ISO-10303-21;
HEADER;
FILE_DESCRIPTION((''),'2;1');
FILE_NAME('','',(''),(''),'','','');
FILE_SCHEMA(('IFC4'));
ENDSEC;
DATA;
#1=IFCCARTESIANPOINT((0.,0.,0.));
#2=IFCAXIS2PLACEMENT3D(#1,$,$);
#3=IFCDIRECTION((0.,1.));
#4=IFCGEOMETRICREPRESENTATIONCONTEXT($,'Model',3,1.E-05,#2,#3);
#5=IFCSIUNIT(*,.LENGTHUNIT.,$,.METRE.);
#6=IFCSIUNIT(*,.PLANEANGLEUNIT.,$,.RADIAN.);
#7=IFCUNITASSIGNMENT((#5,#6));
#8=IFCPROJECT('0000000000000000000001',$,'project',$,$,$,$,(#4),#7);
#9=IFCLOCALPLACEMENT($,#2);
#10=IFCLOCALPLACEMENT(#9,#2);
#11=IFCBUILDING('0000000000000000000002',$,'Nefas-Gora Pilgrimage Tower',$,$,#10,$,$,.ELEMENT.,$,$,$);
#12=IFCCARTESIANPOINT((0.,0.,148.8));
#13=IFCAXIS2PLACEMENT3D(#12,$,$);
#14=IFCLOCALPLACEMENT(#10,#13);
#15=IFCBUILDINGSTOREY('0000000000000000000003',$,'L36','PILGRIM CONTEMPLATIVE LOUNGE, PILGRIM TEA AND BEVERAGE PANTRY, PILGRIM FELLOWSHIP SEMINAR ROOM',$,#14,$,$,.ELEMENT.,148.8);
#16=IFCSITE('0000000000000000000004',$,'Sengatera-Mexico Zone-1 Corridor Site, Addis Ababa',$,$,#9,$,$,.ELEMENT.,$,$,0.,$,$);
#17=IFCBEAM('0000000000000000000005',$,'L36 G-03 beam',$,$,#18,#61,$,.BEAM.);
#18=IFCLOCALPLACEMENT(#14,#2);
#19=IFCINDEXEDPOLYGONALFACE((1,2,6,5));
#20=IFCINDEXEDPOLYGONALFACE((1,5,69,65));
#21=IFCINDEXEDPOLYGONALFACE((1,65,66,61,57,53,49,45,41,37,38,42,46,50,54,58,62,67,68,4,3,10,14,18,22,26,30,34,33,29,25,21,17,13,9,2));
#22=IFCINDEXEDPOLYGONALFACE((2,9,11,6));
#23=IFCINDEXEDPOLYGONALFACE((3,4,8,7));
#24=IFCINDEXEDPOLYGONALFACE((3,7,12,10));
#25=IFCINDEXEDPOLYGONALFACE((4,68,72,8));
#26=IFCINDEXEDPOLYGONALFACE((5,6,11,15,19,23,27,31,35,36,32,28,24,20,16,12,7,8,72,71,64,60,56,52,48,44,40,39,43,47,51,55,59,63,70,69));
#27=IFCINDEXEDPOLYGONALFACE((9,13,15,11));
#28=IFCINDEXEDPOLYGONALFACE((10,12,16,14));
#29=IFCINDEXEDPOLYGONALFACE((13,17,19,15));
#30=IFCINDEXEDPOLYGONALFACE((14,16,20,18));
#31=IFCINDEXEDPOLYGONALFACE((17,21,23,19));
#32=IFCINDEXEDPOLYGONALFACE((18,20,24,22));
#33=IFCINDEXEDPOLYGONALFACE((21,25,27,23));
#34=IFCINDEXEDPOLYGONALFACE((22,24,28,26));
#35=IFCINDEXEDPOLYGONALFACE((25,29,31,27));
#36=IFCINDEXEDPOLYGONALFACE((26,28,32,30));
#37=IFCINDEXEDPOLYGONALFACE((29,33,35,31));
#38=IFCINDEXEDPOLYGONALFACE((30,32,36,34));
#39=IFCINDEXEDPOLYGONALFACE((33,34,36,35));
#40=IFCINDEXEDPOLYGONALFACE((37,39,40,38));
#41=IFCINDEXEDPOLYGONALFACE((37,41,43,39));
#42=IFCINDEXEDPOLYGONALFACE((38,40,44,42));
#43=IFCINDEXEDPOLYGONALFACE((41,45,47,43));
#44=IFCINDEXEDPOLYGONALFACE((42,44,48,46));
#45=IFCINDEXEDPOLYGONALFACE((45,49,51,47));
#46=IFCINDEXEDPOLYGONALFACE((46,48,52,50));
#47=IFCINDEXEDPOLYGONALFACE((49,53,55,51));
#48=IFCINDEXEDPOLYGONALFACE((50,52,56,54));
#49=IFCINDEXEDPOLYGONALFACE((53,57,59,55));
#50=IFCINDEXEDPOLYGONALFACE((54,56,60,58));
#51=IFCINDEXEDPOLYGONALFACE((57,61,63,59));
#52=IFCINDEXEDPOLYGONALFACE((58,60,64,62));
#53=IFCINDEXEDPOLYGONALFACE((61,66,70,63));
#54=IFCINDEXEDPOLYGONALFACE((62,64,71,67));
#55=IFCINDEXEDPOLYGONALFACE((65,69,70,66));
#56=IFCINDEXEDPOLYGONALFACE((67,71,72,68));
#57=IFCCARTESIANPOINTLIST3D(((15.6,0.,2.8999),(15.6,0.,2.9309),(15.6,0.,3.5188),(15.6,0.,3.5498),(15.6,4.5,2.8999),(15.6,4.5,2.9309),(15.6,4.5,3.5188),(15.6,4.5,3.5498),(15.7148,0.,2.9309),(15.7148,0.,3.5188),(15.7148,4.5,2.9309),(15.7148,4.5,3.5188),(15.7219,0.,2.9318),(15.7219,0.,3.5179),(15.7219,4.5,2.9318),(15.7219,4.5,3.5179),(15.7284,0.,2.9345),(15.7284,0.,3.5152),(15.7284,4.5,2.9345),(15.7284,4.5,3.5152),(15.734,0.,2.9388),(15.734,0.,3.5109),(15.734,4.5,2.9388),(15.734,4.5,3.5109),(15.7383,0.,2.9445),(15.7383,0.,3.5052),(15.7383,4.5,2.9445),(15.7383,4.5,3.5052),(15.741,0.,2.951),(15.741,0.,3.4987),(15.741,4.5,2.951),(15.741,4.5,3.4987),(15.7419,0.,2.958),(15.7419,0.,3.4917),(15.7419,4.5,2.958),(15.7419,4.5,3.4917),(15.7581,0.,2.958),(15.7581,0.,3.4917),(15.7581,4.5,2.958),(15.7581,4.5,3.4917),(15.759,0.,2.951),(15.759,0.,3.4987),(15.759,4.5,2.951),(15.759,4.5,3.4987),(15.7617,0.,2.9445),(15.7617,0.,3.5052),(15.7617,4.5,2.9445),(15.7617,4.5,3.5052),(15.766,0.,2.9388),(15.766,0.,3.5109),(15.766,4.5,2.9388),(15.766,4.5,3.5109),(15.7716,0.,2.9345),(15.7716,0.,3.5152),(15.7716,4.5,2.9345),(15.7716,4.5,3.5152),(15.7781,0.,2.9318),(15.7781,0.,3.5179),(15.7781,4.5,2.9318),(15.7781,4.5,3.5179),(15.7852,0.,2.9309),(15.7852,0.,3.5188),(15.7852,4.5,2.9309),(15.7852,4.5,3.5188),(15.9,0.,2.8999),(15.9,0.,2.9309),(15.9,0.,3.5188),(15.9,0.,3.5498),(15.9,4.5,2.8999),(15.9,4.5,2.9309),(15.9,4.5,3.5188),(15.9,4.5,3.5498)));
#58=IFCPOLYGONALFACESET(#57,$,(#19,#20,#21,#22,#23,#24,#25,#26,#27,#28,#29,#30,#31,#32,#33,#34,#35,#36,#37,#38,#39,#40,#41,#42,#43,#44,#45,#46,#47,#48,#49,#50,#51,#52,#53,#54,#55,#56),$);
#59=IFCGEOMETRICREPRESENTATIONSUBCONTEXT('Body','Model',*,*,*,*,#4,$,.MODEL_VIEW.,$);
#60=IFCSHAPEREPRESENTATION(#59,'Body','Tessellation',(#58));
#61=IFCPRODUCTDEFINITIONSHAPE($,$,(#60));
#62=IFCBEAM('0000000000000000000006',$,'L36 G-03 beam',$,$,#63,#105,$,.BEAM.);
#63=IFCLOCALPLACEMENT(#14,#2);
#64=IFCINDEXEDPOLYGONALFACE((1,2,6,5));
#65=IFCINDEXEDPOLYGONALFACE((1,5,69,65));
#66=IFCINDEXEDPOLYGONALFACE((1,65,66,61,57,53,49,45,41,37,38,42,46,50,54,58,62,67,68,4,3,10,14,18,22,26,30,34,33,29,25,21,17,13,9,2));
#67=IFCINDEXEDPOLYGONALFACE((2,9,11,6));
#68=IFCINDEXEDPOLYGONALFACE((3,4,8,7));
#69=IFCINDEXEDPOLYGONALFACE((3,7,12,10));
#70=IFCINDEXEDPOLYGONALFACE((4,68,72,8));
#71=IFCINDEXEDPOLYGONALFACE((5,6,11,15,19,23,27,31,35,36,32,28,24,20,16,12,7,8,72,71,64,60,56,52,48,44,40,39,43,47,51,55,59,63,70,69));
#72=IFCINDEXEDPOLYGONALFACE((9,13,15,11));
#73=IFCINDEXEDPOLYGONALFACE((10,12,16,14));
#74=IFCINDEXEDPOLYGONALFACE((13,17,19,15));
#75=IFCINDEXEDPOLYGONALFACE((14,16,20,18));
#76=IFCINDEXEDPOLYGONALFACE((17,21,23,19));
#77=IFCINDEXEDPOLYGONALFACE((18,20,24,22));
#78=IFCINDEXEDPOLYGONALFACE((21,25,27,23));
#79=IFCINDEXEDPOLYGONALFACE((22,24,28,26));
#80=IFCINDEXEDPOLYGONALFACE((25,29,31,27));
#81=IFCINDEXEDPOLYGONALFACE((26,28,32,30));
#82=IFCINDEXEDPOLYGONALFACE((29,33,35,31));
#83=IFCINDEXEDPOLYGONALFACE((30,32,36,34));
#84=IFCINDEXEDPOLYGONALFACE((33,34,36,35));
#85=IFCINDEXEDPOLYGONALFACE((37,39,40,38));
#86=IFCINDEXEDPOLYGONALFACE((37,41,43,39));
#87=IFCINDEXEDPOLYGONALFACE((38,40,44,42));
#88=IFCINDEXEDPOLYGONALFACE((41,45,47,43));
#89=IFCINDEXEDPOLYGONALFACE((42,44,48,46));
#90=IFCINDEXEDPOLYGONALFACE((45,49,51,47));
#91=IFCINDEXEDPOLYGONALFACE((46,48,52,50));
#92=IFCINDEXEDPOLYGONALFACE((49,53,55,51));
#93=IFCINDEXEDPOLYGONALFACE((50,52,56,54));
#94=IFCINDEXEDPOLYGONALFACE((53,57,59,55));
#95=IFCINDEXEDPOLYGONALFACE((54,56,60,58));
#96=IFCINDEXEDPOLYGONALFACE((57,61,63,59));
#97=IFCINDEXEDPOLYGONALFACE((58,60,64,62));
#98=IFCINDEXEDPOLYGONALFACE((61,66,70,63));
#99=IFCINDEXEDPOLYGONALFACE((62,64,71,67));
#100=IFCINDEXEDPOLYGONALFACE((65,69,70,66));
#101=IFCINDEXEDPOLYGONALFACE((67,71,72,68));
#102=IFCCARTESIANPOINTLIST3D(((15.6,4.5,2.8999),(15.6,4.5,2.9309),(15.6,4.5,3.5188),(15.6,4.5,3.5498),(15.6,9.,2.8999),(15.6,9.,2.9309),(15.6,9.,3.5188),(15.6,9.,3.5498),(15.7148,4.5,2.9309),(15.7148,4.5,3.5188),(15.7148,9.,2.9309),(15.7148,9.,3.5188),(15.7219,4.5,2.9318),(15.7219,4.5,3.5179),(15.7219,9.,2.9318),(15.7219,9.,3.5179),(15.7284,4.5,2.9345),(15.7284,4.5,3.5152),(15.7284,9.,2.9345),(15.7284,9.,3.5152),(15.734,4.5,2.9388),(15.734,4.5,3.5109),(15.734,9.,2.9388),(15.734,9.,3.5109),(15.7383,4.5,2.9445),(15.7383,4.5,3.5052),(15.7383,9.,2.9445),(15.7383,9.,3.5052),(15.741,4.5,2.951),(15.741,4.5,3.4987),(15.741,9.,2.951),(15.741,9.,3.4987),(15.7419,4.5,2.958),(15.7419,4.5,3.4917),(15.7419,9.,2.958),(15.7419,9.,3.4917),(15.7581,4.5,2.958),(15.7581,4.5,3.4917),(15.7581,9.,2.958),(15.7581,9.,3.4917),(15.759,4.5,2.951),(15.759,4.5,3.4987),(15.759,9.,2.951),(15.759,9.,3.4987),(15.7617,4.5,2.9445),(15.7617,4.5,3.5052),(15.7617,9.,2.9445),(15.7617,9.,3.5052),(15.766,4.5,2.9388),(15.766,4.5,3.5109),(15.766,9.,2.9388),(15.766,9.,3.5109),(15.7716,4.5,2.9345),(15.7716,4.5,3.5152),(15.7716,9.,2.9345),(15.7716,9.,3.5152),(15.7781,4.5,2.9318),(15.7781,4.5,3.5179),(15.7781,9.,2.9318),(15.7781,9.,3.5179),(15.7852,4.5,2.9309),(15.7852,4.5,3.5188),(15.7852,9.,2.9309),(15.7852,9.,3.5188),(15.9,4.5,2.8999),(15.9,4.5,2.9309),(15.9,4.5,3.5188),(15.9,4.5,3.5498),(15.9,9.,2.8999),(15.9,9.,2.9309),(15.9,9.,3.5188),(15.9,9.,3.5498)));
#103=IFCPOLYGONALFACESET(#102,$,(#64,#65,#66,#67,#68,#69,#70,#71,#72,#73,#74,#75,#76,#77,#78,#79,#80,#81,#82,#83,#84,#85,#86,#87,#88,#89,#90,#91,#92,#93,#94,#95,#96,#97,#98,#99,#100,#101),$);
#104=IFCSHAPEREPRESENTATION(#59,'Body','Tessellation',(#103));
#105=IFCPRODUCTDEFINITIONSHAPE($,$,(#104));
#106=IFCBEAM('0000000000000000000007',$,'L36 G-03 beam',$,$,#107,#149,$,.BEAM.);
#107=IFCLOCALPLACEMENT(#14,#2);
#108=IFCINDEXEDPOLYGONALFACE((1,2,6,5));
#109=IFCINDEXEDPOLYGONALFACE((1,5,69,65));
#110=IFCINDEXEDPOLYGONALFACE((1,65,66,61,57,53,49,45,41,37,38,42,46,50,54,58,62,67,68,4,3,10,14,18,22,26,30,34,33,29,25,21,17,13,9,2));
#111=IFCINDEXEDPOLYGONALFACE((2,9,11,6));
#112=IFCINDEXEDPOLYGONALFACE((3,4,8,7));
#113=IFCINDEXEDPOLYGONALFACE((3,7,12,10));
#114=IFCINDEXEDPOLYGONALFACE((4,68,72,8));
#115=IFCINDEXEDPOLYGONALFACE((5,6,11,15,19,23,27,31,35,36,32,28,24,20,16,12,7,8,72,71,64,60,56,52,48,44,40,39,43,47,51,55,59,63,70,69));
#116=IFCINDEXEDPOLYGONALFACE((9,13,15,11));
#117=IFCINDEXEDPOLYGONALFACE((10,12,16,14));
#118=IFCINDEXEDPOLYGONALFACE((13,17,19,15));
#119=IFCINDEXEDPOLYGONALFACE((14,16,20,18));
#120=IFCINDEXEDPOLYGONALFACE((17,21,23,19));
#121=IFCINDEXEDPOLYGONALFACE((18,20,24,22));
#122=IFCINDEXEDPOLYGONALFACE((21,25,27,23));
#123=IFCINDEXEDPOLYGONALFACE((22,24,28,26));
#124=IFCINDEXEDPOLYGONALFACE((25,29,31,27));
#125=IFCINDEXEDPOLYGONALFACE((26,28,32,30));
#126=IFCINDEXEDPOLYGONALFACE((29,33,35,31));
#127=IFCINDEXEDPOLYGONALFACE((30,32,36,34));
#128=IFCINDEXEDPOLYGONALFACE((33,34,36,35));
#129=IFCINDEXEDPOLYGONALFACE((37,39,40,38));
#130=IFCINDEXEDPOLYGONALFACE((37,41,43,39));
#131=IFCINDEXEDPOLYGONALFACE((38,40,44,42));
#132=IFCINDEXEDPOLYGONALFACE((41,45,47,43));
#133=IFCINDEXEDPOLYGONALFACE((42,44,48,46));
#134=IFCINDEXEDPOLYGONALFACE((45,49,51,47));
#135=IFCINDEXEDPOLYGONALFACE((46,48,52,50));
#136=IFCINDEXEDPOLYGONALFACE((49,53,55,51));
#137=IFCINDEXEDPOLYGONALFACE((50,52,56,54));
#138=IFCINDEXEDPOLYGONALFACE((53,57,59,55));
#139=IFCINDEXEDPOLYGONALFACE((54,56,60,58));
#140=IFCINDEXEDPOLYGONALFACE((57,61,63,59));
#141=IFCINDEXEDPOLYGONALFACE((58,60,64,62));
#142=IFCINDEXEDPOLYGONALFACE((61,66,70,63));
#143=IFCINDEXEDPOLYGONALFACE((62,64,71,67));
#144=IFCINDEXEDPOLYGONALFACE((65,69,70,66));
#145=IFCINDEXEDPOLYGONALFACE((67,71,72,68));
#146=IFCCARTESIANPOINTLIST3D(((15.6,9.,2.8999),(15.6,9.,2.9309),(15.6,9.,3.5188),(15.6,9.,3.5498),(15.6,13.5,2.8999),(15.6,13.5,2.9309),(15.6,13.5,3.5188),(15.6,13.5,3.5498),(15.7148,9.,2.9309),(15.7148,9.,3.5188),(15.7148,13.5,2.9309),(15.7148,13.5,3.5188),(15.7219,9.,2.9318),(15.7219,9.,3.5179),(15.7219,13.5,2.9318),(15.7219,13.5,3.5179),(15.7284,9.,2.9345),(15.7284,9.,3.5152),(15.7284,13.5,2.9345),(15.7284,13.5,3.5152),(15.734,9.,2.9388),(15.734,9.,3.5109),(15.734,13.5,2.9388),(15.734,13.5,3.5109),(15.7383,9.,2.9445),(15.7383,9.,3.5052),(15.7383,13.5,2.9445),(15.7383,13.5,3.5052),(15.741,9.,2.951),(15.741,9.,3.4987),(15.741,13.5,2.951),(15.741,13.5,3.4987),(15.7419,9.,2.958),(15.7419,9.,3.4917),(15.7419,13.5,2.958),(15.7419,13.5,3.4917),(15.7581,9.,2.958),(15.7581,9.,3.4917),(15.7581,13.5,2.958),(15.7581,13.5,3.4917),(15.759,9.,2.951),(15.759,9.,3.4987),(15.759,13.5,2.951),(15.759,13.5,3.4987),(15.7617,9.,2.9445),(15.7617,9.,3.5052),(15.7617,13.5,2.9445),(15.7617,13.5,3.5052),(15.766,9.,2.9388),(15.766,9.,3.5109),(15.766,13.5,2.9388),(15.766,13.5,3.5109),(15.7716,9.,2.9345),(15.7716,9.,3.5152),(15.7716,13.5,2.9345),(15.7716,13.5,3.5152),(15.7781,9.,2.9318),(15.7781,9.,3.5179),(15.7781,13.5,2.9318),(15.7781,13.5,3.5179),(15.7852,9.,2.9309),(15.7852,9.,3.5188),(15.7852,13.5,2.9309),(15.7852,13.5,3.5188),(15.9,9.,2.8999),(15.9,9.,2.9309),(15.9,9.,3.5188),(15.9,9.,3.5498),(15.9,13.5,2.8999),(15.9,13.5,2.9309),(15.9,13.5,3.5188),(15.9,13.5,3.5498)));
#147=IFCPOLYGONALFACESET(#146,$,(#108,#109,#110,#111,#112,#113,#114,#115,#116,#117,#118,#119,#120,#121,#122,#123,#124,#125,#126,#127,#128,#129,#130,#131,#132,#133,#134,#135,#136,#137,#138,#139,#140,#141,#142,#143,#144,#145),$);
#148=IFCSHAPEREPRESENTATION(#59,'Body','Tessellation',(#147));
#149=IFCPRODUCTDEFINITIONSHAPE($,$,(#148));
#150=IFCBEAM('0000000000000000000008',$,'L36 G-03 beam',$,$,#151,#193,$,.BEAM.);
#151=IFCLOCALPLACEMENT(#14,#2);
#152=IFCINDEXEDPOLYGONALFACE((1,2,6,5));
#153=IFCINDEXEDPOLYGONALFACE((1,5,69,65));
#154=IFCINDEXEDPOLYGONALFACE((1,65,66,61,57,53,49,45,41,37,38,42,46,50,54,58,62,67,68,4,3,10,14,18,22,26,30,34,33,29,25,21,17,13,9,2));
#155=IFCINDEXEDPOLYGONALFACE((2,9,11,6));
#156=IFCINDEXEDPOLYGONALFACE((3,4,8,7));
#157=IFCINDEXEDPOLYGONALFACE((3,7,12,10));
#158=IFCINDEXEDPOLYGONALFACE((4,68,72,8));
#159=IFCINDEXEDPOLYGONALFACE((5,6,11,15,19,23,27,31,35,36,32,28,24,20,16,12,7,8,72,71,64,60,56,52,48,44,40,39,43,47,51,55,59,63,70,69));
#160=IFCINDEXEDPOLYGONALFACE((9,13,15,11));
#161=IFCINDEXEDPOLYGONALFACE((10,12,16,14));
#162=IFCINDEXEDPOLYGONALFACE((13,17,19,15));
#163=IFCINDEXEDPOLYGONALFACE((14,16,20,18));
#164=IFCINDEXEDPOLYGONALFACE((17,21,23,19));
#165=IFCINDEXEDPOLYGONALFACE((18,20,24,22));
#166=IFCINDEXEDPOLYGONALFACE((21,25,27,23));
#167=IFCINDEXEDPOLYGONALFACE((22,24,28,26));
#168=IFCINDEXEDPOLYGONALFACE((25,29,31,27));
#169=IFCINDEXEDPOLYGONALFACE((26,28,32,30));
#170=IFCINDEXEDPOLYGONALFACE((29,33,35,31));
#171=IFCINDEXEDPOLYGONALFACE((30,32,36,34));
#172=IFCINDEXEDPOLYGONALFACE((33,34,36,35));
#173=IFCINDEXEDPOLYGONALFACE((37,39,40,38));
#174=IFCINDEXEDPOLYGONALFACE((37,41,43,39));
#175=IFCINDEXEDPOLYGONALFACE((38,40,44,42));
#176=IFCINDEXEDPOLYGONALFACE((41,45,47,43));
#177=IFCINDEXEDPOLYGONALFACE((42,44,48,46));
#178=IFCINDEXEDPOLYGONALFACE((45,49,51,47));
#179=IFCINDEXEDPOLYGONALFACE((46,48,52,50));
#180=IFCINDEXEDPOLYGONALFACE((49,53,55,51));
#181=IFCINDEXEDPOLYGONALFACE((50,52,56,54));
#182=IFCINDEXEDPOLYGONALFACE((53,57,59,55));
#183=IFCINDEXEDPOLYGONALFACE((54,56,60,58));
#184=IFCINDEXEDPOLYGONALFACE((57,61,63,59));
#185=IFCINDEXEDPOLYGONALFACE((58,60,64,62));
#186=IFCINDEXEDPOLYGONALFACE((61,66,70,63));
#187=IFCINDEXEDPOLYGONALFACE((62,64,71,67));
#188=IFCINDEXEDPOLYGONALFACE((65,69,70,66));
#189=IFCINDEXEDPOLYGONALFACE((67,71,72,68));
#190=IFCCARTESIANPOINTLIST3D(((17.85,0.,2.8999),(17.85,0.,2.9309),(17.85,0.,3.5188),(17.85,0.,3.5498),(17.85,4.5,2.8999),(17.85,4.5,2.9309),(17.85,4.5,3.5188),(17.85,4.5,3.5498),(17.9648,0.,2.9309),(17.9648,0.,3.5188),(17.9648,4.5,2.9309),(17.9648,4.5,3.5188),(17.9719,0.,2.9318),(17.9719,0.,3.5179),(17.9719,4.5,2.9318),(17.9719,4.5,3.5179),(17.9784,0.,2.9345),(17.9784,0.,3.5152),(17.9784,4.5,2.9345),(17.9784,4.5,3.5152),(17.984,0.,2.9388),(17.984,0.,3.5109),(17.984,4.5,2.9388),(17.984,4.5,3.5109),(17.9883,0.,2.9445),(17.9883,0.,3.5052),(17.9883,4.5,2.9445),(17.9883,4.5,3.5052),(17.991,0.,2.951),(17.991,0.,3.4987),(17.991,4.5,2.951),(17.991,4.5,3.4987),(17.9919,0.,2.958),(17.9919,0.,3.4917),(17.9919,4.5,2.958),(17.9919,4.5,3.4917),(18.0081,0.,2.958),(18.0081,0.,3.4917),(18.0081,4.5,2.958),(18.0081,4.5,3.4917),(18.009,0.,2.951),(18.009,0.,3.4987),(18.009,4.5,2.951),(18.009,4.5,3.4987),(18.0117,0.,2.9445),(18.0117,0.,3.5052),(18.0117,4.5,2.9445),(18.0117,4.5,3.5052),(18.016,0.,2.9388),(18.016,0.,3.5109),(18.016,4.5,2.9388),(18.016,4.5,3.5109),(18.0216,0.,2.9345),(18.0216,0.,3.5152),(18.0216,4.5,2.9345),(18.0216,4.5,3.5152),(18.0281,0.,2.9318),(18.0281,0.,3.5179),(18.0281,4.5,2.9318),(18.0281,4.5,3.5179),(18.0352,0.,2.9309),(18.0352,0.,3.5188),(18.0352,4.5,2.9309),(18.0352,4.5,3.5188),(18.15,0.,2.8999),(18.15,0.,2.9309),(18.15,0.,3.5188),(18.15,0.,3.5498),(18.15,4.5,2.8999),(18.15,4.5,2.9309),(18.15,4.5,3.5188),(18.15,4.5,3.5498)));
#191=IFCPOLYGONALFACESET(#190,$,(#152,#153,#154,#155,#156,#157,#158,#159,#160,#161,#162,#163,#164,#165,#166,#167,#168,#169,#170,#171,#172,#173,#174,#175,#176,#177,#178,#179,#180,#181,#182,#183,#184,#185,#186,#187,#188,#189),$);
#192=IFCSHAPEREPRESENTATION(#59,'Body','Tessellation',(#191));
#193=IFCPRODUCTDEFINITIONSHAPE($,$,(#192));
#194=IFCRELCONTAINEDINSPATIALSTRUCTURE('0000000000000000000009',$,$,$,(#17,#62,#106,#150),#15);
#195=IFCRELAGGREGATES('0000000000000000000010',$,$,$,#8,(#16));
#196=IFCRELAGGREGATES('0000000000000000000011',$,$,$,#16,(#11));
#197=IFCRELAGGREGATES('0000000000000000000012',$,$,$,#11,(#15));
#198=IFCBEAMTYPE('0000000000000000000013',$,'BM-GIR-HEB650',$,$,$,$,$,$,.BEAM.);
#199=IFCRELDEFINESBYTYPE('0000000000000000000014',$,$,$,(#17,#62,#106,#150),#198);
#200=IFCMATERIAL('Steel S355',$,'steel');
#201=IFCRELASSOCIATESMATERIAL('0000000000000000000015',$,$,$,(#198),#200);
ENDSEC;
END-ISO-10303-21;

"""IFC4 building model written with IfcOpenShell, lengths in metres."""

from ifc_helpers import new_model, si_unit, direction, frame, origin, origin_2d, place, context, subcontext, project, spatial, i_section, extrude, source, transform, mapped, material, material_profile, profile_set, type_object, element, save


model = new_model("IFC4")

# Units and contexts
model_context = context("Model", 3, precision=1e-05, world=origin(), true_north=direction((0.0, 1.0)))
body_context = subcontext(model_context, "Body", "Model", "MODEL_VIEW")
ifc_project = project(units=[si_unit("LENGTHUNIT", "METRE"), si_unit("PLANEANGLEUNIT", "RADIAN")], contexts=[model_context])

# Site, building, storey
site_placement = place(None, origin())
site = spatial("IfcSite", under=ifc_project, at=site_placement, Name="Sengatera-Mexico Zone-1 Corridor Site, Addis Ababa", CompositionType="ELEMENT", RefElevation=0.0)
building_placement = place(site_placement, origin())
building = spatial("IfcBuilding", under=site, at=building_placement, Name="Nefas-Gora Pilgrimage Tower", CompositionType="ELEMENT")
storey_placement = place(building_placement, frame((0.0, 0.0, 148.8)))
storey = spatial("IfcBuildingStorey", under=building, at=storey_placement, Name="L36", Description="PILGRIM CONTEMPLATIVE LOUNGE, PILGRIM TEA AND BEVERAGE PANTRY, PILGRIM FELLOWSHIP SEMINAR ROOM", CompositionType="ELEMENT", Elevation=148.8)

# Beams
ifc_material_1 = material(Name="Steel S355", Category="steel")
ifc_material_profile_1 = material_profile(ifc_material_1, i_section(OverallWidth=0.3, OverallDepth=0.6499, WebThickness=0.0161, FlangeThickness=0.031, FilletRadius=0.0271, at=origin_2d()), Name="HEB 650")
ifc_profile_set_1 = profile_set([ifc_material_profile_1], Name="Steel S355")
beam_type_1 = type_object("IfcBeamType", Name="BM-GIR-HEB650", PredefinedType="BEAM", material=ifc_profile_set_1)
shared_shape_1 = source(origin(), body_context, "Body", "SweptSolid", [
    extrude(i_section(OverallWidth=0.3, OverallDepth=0.6499, WebThickness=0.0161, FlangeThickness=0.031, FilletRadius=0.0271, at=origin_2d()), origin(), (0.0, 0.0, 1.0), 4.5),
])
for number, where, z_axis, x_axis, name in (
    (1, (15.75, 0.0, 3.2249), (0.0, 1.0, 0.0), (-1.0, 0.0, 0.0), "L36 G-03 beam"),
    (2, (15.75, 4.5, 3.2249), (0.0, 1.0, 0.0), (-1.0, 0.0, 0.0), "L36 G-03 beam"),
    (3, (15.75, 9.0, 3.2249), (0.0, 1.0, 0.0), (-1.0, 0.0, 0.0), "L36 G-03 beam"),
    (4, (18.0, 0.0, 3.2249), (0.0, 1.0, 0.0), (-1.0, 0.0, 0.0), "L36 G-03 beam"),
):
    element("IfcBeam", number, at=place(storey_placement, frame(where, z_axis=z_axis, x_axis=x_axis)), inside=storey, type_object=beam_type_1, Name=name, PredefinedType="BEAM", context=body_context, shape_type="MappedRepresentation", body=[
        mapped(shared_shape_1, transform((0.0, 0.0, 0.0), x_axis=(1.0, 0.0, 0.0), y_axis=(0.0, 1.0, 0.0), z_axis=(0.0, 0.0, 1.0), scale=1.0)),
    ])

save(model, "model.ifc")
